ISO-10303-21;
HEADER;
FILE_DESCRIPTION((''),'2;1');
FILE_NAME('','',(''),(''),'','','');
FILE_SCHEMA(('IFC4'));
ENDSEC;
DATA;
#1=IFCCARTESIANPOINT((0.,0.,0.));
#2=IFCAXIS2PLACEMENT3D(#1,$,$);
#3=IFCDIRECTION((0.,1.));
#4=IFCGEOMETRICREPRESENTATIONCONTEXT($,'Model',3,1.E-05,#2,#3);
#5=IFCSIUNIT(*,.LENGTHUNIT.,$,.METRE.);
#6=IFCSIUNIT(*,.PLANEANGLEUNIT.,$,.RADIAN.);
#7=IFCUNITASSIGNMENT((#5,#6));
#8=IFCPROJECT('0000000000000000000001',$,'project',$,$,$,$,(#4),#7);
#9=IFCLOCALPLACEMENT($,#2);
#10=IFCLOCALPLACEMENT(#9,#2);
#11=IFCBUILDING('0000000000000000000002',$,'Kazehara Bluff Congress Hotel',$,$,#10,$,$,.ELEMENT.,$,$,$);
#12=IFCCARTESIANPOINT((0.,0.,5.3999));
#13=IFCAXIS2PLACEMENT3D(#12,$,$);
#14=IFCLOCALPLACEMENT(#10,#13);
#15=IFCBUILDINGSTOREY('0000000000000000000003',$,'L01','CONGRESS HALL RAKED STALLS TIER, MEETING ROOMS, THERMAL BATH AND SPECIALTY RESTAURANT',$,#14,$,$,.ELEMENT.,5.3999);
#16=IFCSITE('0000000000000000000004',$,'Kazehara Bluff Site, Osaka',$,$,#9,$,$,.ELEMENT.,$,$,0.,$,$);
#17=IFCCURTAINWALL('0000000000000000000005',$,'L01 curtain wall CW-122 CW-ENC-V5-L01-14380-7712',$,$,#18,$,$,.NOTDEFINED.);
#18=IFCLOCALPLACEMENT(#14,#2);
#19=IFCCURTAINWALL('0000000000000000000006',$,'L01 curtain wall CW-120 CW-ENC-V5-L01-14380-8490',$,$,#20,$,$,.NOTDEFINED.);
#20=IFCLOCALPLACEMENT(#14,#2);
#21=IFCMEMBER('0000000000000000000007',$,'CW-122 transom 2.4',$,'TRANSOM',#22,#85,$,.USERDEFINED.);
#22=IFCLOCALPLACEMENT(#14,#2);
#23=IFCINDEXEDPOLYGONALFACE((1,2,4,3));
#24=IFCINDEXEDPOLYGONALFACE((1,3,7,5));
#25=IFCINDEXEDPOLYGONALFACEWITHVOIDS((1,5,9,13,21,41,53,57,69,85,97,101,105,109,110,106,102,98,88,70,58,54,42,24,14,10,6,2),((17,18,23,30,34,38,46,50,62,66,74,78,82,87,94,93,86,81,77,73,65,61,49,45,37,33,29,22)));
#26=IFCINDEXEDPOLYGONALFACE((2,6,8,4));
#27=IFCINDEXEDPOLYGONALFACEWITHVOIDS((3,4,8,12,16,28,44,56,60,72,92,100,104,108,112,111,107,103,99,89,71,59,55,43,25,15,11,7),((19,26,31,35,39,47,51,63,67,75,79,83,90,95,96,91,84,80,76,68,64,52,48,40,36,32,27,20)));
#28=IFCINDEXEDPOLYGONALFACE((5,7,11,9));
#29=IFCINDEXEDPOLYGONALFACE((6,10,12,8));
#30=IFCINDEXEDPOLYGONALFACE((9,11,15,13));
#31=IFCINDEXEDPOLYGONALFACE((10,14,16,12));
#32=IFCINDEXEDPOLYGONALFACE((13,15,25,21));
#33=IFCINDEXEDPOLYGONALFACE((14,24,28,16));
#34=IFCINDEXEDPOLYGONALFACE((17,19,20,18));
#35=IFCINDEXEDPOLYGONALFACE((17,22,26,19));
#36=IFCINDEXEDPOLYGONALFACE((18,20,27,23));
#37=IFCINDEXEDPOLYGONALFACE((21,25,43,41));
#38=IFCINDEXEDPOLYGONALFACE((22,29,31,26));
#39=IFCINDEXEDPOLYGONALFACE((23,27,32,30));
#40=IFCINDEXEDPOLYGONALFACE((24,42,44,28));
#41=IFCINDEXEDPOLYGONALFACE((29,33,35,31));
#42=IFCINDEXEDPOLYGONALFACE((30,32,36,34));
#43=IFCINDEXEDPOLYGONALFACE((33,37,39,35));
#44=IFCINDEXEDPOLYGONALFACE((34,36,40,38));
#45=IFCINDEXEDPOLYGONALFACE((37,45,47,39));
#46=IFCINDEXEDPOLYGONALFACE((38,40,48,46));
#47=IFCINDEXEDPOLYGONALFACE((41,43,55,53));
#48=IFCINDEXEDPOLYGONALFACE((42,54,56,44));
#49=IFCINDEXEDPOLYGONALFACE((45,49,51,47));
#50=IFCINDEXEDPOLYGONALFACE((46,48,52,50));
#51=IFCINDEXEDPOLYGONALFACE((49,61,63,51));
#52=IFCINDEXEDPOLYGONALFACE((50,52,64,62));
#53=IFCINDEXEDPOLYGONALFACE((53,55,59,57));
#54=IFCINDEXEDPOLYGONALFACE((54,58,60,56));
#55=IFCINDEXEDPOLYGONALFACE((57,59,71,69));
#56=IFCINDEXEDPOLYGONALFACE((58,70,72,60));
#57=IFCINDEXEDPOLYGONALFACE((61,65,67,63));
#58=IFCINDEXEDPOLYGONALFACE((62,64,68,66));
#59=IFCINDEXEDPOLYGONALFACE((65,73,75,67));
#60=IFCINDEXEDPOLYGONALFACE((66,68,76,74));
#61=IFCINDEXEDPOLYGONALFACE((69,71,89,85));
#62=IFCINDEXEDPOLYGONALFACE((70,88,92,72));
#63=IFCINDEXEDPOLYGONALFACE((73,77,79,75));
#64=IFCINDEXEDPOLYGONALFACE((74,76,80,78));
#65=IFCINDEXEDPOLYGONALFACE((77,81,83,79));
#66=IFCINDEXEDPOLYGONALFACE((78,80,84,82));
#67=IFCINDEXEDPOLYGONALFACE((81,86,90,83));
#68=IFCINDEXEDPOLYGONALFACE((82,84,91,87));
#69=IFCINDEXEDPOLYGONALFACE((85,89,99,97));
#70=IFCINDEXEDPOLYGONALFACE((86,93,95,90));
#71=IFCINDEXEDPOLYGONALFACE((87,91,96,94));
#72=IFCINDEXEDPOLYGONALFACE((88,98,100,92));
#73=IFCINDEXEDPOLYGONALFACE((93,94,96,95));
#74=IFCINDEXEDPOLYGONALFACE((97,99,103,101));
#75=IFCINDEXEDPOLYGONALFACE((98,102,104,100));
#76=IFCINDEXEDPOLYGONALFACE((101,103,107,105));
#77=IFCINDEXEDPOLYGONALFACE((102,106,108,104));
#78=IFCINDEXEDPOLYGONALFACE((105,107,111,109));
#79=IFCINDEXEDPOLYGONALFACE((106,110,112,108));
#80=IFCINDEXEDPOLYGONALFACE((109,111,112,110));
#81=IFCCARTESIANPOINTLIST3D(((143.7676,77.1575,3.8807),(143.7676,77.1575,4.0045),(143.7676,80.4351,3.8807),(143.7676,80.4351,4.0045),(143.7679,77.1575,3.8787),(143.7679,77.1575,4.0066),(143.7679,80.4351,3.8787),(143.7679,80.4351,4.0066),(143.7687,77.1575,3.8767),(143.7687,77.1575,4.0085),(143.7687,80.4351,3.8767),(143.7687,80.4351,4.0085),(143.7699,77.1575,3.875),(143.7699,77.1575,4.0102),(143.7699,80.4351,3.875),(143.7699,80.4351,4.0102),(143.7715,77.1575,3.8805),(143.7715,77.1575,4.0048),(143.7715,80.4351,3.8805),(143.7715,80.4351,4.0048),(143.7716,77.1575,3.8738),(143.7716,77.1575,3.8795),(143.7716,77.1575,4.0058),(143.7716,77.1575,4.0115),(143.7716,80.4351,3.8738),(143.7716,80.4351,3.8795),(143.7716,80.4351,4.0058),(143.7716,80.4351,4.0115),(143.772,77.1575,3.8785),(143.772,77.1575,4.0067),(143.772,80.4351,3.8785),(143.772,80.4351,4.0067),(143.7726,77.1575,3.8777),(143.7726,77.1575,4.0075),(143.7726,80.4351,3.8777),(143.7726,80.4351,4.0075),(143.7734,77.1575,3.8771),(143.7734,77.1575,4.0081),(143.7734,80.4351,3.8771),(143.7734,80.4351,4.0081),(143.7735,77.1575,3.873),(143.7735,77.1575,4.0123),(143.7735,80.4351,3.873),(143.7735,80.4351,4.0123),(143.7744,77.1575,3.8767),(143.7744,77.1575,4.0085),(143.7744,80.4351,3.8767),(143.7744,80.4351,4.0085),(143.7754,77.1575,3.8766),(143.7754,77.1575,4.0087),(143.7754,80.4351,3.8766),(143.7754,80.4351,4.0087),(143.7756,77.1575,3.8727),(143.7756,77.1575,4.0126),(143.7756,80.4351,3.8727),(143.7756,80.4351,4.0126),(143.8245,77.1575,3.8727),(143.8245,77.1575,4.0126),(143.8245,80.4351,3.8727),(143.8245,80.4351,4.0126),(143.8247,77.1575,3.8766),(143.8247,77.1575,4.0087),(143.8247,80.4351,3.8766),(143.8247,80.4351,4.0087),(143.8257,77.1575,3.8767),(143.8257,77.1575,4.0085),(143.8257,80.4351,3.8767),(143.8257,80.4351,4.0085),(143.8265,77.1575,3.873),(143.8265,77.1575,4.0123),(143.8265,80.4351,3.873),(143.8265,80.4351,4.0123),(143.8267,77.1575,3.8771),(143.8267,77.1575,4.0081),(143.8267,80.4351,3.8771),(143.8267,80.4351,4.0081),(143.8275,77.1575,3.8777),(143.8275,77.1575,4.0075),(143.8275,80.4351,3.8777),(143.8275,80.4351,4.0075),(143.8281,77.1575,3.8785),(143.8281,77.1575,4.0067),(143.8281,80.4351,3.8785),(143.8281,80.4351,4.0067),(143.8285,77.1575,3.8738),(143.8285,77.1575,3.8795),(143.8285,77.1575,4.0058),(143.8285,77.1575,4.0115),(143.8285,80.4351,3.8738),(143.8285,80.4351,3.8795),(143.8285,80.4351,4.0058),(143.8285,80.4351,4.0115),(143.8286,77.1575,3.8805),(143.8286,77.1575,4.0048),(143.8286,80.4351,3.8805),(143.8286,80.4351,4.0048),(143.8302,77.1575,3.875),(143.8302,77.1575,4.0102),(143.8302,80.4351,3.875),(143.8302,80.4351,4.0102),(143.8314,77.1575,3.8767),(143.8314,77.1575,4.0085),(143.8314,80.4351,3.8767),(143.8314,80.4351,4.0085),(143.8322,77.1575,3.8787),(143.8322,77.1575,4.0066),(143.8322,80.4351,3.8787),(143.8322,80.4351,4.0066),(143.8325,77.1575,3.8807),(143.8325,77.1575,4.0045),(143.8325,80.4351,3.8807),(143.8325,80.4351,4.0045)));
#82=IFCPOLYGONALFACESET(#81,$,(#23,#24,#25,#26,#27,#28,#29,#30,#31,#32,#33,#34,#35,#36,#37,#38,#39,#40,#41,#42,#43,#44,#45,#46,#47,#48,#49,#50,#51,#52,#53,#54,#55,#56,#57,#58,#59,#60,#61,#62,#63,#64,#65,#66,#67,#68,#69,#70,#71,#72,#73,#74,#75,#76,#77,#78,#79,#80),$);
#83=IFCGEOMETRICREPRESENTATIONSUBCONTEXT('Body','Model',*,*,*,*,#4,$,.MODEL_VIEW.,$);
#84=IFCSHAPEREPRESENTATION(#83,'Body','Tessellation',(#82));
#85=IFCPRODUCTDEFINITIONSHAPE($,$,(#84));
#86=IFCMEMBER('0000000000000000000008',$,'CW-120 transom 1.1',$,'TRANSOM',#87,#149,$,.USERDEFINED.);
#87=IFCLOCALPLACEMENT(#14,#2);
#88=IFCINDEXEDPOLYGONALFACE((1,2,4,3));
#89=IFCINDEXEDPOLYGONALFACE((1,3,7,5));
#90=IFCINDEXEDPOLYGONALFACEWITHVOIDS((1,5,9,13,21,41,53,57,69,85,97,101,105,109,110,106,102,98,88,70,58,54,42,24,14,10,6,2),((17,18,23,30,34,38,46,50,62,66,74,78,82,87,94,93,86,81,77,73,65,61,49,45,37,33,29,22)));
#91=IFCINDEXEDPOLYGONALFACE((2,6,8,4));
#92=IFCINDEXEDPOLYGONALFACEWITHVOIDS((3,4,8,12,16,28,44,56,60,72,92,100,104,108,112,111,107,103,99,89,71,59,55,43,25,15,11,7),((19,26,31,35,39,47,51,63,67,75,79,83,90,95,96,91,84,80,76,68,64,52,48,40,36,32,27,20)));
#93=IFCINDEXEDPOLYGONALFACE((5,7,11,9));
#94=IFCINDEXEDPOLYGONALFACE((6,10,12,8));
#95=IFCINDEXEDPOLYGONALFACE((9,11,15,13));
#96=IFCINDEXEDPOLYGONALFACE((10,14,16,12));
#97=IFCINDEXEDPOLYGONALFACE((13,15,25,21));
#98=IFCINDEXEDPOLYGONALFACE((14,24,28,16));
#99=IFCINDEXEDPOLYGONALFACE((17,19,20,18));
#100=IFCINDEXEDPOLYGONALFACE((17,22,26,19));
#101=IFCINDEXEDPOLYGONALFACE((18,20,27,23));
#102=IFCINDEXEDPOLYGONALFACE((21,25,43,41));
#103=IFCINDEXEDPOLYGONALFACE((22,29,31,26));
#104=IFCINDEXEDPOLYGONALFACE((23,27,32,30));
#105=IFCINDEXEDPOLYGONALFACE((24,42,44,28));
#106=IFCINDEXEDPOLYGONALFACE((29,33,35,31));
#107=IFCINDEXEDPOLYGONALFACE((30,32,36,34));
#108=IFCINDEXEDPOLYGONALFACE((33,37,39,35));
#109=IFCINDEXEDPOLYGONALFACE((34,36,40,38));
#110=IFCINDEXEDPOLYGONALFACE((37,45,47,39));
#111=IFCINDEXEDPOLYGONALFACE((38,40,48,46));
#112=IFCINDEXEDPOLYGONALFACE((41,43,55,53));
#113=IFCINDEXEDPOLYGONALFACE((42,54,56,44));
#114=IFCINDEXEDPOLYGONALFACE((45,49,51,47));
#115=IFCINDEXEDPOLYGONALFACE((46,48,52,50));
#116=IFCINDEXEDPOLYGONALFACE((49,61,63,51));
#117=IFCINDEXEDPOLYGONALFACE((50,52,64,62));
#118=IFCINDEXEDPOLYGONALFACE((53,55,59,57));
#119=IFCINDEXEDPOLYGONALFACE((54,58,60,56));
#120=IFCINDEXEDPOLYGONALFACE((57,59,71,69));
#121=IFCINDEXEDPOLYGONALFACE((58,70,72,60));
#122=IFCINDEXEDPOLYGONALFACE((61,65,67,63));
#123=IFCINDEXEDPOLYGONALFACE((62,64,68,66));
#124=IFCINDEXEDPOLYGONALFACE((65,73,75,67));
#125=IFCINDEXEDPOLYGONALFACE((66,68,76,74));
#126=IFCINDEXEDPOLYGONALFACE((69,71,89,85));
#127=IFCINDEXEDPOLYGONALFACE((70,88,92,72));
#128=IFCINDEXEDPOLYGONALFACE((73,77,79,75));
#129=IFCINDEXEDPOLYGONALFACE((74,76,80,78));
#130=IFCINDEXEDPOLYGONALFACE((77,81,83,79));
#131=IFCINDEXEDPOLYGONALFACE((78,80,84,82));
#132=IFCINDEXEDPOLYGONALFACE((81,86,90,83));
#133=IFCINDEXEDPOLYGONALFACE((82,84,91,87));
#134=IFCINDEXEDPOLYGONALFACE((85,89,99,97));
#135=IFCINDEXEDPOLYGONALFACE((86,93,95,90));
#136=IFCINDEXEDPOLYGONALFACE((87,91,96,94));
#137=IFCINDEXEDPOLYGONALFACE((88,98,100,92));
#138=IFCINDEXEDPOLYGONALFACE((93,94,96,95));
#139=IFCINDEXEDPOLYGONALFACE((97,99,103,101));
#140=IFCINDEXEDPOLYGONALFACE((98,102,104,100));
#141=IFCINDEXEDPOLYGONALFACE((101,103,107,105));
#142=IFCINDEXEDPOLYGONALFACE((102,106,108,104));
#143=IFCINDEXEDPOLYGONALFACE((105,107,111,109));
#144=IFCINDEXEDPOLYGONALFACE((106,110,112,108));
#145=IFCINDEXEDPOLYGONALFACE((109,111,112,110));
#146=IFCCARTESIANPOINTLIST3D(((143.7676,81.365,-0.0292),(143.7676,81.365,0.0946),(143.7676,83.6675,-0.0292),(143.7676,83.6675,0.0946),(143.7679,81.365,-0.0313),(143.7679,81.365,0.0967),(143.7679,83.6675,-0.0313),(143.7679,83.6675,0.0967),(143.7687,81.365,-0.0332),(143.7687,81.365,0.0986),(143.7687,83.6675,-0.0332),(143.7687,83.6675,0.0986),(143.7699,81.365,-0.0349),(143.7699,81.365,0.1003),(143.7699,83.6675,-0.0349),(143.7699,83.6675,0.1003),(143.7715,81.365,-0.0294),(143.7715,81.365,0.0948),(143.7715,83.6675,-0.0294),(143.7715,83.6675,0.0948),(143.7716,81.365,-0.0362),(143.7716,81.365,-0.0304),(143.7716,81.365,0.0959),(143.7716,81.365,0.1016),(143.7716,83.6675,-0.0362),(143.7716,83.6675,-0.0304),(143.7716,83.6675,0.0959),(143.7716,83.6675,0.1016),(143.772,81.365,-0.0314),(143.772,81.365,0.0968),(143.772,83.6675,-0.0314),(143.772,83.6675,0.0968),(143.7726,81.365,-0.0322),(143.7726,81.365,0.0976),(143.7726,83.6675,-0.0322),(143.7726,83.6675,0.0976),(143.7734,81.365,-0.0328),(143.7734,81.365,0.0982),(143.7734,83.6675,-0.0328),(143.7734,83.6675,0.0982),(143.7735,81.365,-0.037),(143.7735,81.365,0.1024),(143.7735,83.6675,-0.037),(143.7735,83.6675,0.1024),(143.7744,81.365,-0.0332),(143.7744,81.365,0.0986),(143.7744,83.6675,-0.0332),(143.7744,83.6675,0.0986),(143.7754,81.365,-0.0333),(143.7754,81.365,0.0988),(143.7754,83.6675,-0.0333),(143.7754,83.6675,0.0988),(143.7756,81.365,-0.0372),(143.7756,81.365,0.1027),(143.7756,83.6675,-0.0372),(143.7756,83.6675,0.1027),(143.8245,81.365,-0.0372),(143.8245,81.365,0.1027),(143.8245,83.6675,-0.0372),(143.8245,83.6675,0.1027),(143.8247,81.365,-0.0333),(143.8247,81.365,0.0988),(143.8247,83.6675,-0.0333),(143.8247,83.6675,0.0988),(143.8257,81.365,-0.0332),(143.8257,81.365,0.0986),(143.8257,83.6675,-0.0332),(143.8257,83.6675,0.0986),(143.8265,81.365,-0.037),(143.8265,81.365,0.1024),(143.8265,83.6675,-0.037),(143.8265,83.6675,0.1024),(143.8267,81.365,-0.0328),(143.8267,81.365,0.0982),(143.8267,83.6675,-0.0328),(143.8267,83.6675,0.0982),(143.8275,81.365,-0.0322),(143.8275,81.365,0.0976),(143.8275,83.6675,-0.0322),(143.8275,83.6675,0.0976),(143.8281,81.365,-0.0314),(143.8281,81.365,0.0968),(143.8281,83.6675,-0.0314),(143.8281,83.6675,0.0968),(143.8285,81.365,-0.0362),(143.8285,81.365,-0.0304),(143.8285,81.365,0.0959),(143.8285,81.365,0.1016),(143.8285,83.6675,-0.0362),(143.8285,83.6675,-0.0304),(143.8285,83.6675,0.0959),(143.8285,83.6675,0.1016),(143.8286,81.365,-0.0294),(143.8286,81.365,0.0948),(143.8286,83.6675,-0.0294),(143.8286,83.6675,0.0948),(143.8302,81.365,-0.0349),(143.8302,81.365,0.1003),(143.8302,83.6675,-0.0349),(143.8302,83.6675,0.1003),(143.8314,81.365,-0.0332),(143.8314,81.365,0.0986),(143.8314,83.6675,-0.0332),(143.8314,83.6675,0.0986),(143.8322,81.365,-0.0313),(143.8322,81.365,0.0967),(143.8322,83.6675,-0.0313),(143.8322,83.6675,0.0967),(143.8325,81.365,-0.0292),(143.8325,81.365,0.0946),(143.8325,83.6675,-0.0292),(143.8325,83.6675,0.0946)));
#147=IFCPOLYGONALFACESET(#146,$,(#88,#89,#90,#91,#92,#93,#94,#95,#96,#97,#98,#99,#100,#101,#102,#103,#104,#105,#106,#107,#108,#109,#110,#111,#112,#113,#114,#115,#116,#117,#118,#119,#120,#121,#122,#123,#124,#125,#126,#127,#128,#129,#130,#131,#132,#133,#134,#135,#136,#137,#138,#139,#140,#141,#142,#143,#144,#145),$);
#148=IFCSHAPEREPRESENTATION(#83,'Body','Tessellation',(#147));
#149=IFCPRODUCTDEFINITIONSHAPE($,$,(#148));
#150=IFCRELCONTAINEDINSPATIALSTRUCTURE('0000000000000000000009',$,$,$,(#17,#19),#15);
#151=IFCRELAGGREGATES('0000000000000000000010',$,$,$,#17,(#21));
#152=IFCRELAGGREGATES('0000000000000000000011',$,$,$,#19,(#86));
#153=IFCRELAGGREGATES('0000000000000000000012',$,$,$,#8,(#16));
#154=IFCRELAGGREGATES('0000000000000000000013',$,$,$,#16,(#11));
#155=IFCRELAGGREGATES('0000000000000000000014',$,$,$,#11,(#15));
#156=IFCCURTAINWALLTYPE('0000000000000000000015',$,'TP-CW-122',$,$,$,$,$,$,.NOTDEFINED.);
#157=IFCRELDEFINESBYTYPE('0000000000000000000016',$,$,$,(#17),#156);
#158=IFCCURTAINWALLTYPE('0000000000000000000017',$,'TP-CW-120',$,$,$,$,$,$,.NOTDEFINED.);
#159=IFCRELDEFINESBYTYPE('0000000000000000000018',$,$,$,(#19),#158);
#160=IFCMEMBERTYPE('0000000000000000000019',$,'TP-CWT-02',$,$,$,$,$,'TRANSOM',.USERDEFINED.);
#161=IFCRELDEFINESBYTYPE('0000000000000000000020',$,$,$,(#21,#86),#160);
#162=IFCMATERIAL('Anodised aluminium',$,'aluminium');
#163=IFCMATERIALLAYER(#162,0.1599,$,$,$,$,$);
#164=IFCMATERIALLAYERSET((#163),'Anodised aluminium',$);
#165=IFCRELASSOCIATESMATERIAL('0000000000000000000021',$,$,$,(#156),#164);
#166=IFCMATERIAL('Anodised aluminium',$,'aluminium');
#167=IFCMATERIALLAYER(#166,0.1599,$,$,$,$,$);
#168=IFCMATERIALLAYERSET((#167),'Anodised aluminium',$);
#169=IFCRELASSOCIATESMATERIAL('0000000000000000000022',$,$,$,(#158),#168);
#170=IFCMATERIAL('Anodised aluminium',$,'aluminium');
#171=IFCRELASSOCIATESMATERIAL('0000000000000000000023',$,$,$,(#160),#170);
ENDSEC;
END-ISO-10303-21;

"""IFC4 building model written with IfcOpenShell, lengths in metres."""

from ifc_helpers import new_model, si_unit, direction, frame, origin, origin_2d, place, context, subcontext, project, spatial, hollow_rectangle, extrude, material, layer, layer_set, material_profile, profile_set, type_object, element, aggregate, save


model = new_model("IFC4")

# Units and contexts
model_context = context("Model", 3, precision=1e-05, world=origin(), true_north=direction((0.0, 1.0)))
body_context = subcontext(model_context, "Body", "Model", "MODEL_VIEW")
ifc_project = project(units=[si_unit("LENGTHUNIT", "METRE"), si_unit("PLANEANGLEUNIT", "RADIAN")], contexts=[model_context])

# Site, building, storey
site_placement = place(None, origin())
site = spatial("IfcSite", under=ifc_project, at=site_placement, Name="Kazehara Bluff Site, Osaka", CompositionType="ELEMENT", RefElevation=0.0)
building_placement = place(site_placement, origin())
building = spatial("IfcBuilding", under=site, at=building_placement, Name="Kazehara Bluff Congress Hotel", CompositionType="ELEMENT")
storey_placement = place(building_placement, frame((0.0, 0.0, 5.3999)))
storey = spatial("IfcBuildingStorey", under=building, at=storey_placement, Name="L01", Description="CONGRESS HALL RAKED STALLS TIER, MEETING ROOMS, THERMAL BATH AND SPECIALTY RESTAURANT", CompositionType="ELEMENT", Elevation=5.3999)

# Curtain walls
ifc_material_1 = material(Name="Anodised aluminium", Category="aluminium")
ifc_layer_1 = layer(ifc_material_1, 0.1599)
ifc_layer_set_1 = layer_set([ifc_layer_1], Name="Anodised aluminium")
curtain_wall_type_1 = type_object("IfcCurtainWallType", Name="TP-CW-122", PredefinedType="NOTDEFINED", material=ifc_layer_set_1)
curtain_wall_1_placement = place(storey_placement, origin())
curtain_wall_1 = element("IfcCurtainWall", 1, at=curtain_wall_1_placement, inside=storey, type_object=curtain_wall_type_1, Name="L01 curtain wall CW-122 CW-ENC-V5-L01-14380-7712", PredefinedType="NOTDEFINED")
ifc_material_2 = material(Name="Anodised aluminium", Category="aluminium")
ifc_layer_2 = layer(ifc_material_2, 0.1599)
ifc_layer_set_2 = layer_set([ifc_layer_2], Name="Anodised aluminium")
curtain_wall_type_2 = type_object("IfcCurtainWallType", Name="TP-CW-120", PredefinedType="NOTDEFINED", material=ifc_layer_set_2)
curtain_wall_2_placement = place(storey_placement, origin())
curtain_wall_2 = element("IfcCurtainWall", 2, at=curtain_wall_2_placement, inside=storey, type_object=curtain_wall_type_2, Name="L01 curtain wall CW-120 CW-ENC-V5-L01-14380-8490", PredefinedType="NOTDEFINED")

# Members
ifc_material_3 = material(Name="Anodised aluminium", Category="aluminium")
ifc_material_profile_1 = material_profile(ifc_material_3, hollow_rectangle(XDim=0.0649, YDim=0.1399, WallThickness=0.0039, InnerFilletRadius=0.0039, OuterFilletRadius=0.0081, at=origin_2d()))
ifc_profile_set_1 = profile_set([ifc_material_profile_1], Name="Anodised aluminium")
member_type_1 = type_object("IfcMemberType", Name="TP-CWT-02", ElementType="TRANSOM", PredefinedType="USERDEFINED", material=ifc_profile_set_1)
member_1_placement = place(storey_placement, frame((143.8, 77.1575, 3.9426), z_axis=(0.0, 1.0, 0.0), x_axis=(-1.0, 0.0, 0.0)))
member_1 = element("IfcMember", 3, at=member_1_placement, type_object=member_type_1, Name="CW-122 transom 2.4", ObjectType="TRANSOM", PredefinedType="USERDEFINED", context=body_context, shape_type="SweptSolid", body=[
    extrude(hollow_rectangle(XDim=0.0649, YDim=0.1399, WallThickness=0.0039, InnerFilletRadius=0.0039, OuterFilletRadius=0.0081, at=origin_2d()), origin(), (0.0, 0.0, 1.0), 3.2776),
])
member_2_placement = place(storey_placement, frame((143.8, 81.365, 0.0327), z_axis=(0.0, 1.0, 0.0), x_axis=(-1.0, 0.0, 0.0)))
member_2 = element("IfcMember", 4, at=member_2_placement, type_object=member_type_1, Name="CW-120 transom 1.1", ObjectType="TRANSOM", PredefinedType="USERDEFINED", context=body_context, shape_type="SweptSolid", body=[
    extrude(hollow_rectangle(XDim=0.0649, YDim=0.1399, WallThickness=0.0039, InnerFilletRadius=0.0039, OuterFilletRadius=0.0081, at=origin_2d()), origin(), (0.0, 0.0, 1.0), 2.3025),
])

aggregate(curtain_wall_1, [member_1])
aggregate(curtain_wall_2, [member_2])

save(model, "model.ifc")
